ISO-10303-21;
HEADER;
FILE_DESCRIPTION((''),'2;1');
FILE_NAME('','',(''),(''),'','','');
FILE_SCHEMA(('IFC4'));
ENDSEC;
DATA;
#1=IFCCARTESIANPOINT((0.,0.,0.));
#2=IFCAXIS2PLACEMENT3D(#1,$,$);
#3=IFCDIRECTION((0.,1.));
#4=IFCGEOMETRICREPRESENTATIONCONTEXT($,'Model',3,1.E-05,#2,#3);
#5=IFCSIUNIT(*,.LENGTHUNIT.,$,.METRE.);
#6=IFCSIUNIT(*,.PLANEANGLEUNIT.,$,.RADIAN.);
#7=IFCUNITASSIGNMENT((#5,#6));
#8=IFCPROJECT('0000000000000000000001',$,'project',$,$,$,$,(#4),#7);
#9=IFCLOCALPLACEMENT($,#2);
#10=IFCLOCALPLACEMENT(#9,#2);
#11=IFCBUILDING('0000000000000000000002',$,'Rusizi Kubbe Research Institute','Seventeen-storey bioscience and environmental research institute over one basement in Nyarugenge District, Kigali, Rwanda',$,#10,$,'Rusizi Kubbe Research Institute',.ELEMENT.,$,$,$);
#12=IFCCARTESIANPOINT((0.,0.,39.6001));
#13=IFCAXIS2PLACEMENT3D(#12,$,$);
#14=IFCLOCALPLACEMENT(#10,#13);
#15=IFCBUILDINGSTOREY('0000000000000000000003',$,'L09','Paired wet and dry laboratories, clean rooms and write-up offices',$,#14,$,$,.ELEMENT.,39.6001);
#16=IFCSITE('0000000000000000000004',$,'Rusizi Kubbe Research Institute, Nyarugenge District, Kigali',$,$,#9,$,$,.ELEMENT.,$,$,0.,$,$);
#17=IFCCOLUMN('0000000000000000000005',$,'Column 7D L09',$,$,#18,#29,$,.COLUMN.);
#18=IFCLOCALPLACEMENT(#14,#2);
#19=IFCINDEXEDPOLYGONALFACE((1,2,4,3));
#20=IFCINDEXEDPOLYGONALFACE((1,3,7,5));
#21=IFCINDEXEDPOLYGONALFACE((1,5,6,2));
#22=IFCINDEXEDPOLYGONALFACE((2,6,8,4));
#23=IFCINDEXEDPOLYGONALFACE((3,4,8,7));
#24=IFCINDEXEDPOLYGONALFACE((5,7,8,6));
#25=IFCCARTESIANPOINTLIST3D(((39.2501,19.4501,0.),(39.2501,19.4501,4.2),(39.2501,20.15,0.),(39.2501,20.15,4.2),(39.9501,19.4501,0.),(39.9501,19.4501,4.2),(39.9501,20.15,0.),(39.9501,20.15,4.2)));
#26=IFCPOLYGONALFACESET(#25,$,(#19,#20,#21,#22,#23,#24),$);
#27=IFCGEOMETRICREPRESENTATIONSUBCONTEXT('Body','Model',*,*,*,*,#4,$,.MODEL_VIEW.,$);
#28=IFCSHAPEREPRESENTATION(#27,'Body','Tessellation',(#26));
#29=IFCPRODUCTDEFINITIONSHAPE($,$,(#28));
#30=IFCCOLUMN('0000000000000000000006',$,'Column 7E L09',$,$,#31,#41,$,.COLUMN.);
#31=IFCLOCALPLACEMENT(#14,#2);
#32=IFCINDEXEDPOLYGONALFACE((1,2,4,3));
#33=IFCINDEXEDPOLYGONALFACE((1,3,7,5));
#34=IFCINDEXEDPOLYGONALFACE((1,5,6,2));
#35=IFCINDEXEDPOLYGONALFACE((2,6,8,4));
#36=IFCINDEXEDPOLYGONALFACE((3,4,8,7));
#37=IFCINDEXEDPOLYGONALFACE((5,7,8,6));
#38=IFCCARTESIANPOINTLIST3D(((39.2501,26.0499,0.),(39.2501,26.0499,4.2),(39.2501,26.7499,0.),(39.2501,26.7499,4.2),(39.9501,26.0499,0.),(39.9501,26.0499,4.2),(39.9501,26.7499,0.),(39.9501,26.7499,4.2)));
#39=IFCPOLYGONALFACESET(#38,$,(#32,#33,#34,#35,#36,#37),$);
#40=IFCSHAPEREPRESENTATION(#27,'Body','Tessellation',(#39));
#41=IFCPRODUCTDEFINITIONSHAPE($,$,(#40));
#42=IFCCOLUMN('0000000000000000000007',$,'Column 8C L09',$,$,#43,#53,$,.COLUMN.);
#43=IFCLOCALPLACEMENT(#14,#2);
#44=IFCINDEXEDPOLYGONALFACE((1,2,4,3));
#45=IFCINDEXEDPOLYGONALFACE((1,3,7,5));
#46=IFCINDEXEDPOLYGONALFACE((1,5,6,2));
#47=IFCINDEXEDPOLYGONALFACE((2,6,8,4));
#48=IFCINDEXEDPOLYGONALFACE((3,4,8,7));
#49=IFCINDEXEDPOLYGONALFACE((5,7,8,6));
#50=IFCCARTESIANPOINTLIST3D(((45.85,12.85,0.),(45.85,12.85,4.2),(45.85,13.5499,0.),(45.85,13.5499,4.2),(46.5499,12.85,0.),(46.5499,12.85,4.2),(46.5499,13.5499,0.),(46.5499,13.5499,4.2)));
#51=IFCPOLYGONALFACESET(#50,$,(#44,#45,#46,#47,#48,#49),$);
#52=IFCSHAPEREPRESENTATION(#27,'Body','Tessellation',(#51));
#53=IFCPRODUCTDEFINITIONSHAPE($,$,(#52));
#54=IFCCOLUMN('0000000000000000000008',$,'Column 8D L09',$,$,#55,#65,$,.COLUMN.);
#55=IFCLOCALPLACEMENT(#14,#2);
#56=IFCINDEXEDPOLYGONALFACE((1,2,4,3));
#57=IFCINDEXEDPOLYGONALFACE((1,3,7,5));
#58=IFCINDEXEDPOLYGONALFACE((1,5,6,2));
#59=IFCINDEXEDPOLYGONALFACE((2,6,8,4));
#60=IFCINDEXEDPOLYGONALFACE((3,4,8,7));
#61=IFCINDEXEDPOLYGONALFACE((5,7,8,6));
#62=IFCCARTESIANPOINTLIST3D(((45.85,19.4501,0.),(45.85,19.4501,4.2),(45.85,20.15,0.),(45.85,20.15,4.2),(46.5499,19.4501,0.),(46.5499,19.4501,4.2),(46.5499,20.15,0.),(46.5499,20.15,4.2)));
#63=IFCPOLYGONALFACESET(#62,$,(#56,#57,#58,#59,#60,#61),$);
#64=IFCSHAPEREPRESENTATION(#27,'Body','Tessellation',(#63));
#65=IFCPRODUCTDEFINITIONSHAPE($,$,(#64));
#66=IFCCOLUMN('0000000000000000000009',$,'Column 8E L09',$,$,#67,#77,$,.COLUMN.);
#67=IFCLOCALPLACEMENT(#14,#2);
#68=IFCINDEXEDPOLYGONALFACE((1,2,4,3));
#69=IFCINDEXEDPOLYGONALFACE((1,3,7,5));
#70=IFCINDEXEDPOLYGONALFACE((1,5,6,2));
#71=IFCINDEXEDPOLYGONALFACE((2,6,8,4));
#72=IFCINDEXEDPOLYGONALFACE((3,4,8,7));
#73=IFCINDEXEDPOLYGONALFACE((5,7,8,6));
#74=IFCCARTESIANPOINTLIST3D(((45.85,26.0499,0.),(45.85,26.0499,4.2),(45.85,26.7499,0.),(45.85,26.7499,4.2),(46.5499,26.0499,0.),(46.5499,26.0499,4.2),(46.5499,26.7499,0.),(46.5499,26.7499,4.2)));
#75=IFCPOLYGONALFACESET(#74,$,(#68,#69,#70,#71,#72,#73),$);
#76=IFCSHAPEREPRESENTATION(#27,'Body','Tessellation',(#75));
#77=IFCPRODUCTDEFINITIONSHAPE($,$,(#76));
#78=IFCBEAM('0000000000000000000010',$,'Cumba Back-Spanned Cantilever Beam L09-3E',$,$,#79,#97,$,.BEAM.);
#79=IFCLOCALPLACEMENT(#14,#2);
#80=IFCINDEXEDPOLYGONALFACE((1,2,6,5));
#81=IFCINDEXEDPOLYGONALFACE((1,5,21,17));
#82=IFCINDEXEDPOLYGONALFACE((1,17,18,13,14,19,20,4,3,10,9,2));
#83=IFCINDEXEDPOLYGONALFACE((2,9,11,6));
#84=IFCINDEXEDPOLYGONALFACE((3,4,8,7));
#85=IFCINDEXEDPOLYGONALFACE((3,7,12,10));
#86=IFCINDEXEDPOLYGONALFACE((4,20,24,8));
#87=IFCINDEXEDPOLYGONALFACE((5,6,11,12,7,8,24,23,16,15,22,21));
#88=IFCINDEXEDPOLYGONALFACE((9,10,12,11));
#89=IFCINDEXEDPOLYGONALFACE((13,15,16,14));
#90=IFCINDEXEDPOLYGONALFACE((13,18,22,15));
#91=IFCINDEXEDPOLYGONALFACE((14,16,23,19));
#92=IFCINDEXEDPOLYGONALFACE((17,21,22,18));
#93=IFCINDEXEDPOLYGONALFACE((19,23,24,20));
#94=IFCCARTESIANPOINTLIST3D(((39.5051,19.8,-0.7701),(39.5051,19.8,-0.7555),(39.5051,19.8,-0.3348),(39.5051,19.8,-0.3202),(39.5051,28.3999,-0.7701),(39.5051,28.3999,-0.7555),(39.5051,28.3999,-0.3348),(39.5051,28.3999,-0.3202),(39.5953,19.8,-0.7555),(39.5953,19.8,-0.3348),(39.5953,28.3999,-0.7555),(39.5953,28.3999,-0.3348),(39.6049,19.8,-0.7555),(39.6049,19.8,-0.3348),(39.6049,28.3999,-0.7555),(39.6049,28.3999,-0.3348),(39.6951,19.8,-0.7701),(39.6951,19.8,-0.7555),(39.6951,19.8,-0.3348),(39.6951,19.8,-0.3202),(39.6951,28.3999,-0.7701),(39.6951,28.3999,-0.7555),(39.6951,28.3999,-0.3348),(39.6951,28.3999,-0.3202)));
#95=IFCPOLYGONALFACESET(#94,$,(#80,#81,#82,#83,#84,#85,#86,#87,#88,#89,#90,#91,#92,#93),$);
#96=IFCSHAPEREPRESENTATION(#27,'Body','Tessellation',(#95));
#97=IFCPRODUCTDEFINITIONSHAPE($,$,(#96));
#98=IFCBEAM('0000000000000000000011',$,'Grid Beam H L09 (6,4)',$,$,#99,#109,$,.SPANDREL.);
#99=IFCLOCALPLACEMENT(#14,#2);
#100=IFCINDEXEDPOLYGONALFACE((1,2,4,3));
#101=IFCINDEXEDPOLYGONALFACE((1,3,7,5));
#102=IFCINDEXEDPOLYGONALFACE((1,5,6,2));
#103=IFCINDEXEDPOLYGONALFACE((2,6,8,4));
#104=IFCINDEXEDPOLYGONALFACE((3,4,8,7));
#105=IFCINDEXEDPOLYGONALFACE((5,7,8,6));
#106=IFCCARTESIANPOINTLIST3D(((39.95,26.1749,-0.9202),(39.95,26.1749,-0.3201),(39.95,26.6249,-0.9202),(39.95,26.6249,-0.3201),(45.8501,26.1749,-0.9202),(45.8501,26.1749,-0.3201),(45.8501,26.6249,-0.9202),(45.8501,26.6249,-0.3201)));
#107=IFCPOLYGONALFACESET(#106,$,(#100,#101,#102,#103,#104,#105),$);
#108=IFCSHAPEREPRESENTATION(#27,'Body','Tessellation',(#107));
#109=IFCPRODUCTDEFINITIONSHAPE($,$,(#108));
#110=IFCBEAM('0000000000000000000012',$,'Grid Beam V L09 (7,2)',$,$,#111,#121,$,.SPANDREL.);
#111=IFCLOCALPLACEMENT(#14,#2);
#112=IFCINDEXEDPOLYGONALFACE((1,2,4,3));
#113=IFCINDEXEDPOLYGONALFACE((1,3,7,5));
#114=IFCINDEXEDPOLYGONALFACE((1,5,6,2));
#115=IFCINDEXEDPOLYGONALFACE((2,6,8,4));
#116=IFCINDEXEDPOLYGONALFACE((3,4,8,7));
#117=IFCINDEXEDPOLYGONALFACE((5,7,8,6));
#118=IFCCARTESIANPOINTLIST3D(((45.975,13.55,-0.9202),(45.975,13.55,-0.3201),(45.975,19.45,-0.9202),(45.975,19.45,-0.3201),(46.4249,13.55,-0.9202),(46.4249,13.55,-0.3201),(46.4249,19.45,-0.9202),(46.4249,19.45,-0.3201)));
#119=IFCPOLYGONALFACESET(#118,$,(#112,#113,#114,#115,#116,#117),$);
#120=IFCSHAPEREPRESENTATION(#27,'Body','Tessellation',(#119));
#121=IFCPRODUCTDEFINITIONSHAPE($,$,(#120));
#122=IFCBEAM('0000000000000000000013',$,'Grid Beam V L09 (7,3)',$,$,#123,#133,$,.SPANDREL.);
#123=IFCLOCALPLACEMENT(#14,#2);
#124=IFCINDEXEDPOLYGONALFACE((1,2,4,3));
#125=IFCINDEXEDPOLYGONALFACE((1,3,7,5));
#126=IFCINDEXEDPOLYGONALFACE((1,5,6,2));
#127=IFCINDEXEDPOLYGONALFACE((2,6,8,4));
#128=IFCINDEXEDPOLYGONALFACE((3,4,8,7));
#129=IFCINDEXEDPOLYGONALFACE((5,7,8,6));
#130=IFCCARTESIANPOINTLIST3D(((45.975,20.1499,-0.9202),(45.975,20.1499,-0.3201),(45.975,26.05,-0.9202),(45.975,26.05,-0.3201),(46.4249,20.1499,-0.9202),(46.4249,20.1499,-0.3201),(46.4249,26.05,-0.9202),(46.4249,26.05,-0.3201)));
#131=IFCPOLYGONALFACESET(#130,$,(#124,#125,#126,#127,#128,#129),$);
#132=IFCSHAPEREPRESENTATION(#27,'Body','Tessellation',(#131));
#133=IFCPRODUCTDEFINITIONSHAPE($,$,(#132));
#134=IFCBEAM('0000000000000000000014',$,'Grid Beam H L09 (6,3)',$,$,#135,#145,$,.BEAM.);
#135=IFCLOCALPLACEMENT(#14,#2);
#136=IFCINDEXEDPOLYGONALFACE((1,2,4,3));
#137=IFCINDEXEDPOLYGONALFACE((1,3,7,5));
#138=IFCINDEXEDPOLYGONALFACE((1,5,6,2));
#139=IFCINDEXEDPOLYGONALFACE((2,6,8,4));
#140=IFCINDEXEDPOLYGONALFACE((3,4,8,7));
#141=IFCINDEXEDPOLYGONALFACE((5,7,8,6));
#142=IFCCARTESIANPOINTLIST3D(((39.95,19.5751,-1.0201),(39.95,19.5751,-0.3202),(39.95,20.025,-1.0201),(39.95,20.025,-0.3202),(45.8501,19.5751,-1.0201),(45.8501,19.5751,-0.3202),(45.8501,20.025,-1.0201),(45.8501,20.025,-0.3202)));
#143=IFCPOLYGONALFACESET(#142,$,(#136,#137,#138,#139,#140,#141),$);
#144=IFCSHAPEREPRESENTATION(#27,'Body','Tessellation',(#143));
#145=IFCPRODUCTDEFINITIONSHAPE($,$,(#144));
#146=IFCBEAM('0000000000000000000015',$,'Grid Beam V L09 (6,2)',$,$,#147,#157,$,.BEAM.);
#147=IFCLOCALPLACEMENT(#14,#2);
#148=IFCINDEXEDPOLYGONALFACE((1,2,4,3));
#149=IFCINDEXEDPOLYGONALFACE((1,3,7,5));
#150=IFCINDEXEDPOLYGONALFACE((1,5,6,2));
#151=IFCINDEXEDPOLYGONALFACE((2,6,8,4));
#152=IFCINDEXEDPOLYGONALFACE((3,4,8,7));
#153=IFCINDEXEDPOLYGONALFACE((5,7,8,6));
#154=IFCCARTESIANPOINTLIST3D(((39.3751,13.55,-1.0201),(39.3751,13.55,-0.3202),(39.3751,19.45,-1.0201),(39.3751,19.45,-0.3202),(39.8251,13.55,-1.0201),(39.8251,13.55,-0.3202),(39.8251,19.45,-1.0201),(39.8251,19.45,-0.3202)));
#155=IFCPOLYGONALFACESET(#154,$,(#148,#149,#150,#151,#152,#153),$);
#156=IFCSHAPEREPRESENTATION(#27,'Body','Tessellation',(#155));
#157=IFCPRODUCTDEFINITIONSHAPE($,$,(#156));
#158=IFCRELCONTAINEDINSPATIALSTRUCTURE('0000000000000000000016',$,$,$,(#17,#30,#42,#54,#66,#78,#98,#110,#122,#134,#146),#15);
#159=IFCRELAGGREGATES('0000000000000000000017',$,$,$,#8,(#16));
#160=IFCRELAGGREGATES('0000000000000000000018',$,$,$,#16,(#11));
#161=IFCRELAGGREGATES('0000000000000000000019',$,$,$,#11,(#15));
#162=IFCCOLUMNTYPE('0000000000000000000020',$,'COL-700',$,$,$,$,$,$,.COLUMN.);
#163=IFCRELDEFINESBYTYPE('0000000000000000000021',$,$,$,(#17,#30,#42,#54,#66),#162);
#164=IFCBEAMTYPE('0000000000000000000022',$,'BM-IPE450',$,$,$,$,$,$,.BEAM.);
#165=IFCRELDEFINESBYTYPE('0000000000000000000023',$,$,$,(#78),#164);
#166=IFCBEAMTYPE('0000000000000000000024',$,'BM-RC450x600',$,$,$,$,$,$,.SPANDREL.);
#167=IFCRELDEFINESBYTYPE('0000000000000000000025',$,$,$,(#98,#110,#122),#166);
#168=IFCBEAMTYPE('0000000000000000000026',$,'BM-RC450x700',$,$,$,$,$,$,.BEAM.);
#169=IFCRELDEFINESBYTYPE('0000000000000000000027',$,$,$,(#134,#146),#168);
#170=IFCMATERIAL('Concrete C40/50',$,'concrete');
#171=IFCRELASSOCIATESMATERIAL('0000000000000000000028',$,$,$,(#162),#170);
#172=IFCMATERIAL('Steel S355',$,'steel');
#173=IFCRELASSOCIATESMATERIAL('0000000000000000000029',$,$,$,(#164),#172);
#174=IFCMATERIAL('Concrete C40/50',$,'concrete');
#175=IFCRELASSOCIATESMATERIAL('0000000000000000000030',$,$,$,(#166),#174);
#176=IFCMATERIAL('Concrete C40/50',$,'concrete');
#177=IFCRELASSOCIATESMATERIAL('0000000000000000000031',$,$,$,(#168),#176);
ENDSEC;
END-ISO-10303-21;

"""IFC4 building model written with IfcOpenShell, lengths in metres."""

from ifc_helpers import new_model, si_unit, direction, frame, origin, origin_2d, place, context, subcontext, project, spatial, rectangle, i_section, extrude, material, material_profile, profile_set, type_object, element, save


model = new_model("IFC4")

# Units and contexts
model_context = context("Model", 3, precision=1e-05, world=origin(), true_north=direction((0.0, 1.0)))
body_context = subcontext(model_context, "Body", "Model", "MODEL_VIEW")
ifc_project = project(units=[si_unit("LENGTHUNIT", "METRE"), si_unit("PLANEANGLEUNIT", "RADIAN")], contexts=[model_context])

# Site, building, storey
site_placement = place(None, origin())
site = spatial("IfcSite", under=ifc_project, at=site_placement, Name="Rusizi Kubbe Research Institute, Nyarugenge District, Kigali", CompositionType="ELEMENT", RefElevation=0.0)
building_placement = place(site_placement, origin())
building = spatial("IfcBuilding", under=site, at=building_placement, Name="Rusizi Kubbe Research Institute", Description="Seventeen-storey bioscience and environmental research institute over one basement in Nyarugenge District, Kigali, Rwanda", LongName="Rusizi Kubbe Research Institute", CompositionType="ELEMENT")
storey_placement = place(building_placement, frame((0.0, 0.0, 39.6001)))
storey = spatial("IfcBuildingStorey", under=building, at=storey_placement, Name="L09", Description="Paired wet and dry laboratories, clean rooms and write-up offices", CompositionType="ELEMENT", Elevation=39.6001)

# Columns
ifc_material_1 = material(Name="Concrete C40/50", Category="concrete")
ifc_material_profile_1 = material_profile(ifc_material_1, rectangle(XDim=0.7, YDim=0.7, at=origin_2d()), Name="RC700x700")
ifc_profile_set_1 = profile_set([ifc_material_profile_1], Name="Concrete C40/50")
column_type = type_object("IfcColumnType", Name="COL-700", PredefinedType="COLUMN", material=ifc_profile_set_1)
for number, where, z_axis, x_axis, name in (
    (1, (39.6001, 19.8, 0.0), (0.0, 0.0, 1.0), (1.0, 0.0, 0.0), "Column 7D L09"),
    (2, (39.6001, 26.3999, 0.0), (0.0, 0.0, 1.0), (1.0, 0.0, 0.0), "Column 7E L09"),
    (3, (46.2, 13.2, 0.0), (0.0, 0.0, 1.0), (1.0, 0.0, 0.0), "Column 8C L09"),
    (4, (46.2, 19.8, 0.0), (0.0, 0.0, 1.0), (1.0, 0.0, 0.0), "Column 8D L09"),
    (5, (46.2, 26.3999, 0.0), (0.0, 0.0, 1.0), (1.0, 0.0, 0.0), "Column 8E L09"),
):
    element("IfcColumn", number, at=place(storey_placement, frame(where, z_axis=z_axis, x_axis=x_axis)), inside=storey, type_object=column_type, Name=name, PredefinedType="COLUMN", context=body_context, shape_type="SweptSolid", body=[
        extrude(rectangle(XDim=0.7, YDim=0.7, at=origin_2d()), origin(), (0.0, 0.0, 1.0), 4.2),
    ])

# Beams
ifc_material_2 = material(Name="Steel S355", Category="steel")
ifc_material_profile_2 = material_profile(ifc_material_2, i_section(OverallWidth=0.1899, OverallDepth=0.45, WebThickness=0.0095, FlangeThickness=0.0146, at=origin_2d()), Name="IPE 450")
ifc_profile_set_2 = profile_set([ifc_material_profile_2], Name="Steel S355")
beam_type_1 = type_object("IfcBeamType", Name="BM-IPE450", PredefinedType="BEAM", material=ifc_profile_set_2)
beam_1_placement = place(storey_placement, frame((39.6001, 19.8, -0.5452), z_axis=(0.0, 1.0, 0.0), x_axis=(-1.0, 0.0, 0.0)))
element("IfcBeam", 6, at=beam_1_placement, inside=storey, type_object=beam_type_1, Name="Cumba Back-Spanned Cantilever Beam L09-3E", PredefinedType="BEAM", context=body_context, shape_type="SweptSolid", body=[
    extrude(i_section(OverallWidth=0.1899, OverallDepth=0.45, WebThickness=0.0095, FlangeThickness=0.0146, at=origin_2d()), origin(), (0.0, 0.0, 1.0), 8.5999),
])
ifc_material_3 = material(Name="Concrete C40/50", Category="concrete")
ifc_material_profile_3 = material_profile(ifc_material_3, rectangle(XDim=0.45, YDim=0.6001, at=origin_2d()), Name="RC450x600")
ifc_profile_set_3 = profile_set([ifc_material_profile_3], Name="Concrete C40/50")
beam_type_2 = type_object("IfcBeamType", Name="BM-RC450x600", PredefinedType="SPANDREL", material=ifc_profile_set_3)
beam_2_placement = place(storey_placement, frame((39.95, 26.3999, -0.6201), z_axis=(1.0, 0.0, 0.0), x_axis=(0.0, 1.0, 0.0)))
element("IfcBeam", 7, at=beam_2_placement, inside=storey, type_object=beam_type_2, Name="Grid Beam H L09 (6,4)", PredefinedType="SPANDREL", context=body_context, shape_type="SweptSolid", body=[
    extrude(rectangle(XDim=0.45, YDim=0.6001, at=origin_2d()), origin(), (0.0, 0.0, 1.0), 5.9001),
])
beam_3_placement = place(storey_placement, frame((46.2, 13.55, -0.6201), z_axis=(0.0, 1.0, 0.0), x_axis=(-1.0, 0.0, 0.0)))
element("IfcBeam", 8, at=beam_3_placement, inside=storey, type_object=beam_type_2, Name="Grid Beam V L09 (7,2)", PredefinedType="SPANDREL", context=body_context, shape_type="SweptSolid", body=[
    extrude(rectangle(XDim=0.45, YDim=0.6001, at=origin_2d()), origin(), (0.0, 0.0, 1.0), 5.8999),
])
beam_4_placement = place(storey_placement, frame((46.2, 20.1499, -0.6201), z_axis=(0.0, 1.0, 0.0), x_axis=(-1.0, 0.0, 0.0)))
element("IfcBeam", 9, at=beam_4_placement, inside=storey, type_object=beam_type_2, Name="Grid Beam V L09 (7,3)", PredefinedType="SPANDREL", context=body_context, shape_type="SweptSolid", body=[
    extrude(rectangle(XDim=0.45, YDim=0.6001, at=origin_2d()), origin(), (0.0, 0.0, 1.0), 5.9001),
])
ifc_material_4 = material(Name="Concrete C40/50", Category="concrete")
ifc_material_profile_4 = material_profile(ifc_material_4, rectangle(XDim=0.45, YDim=0.7, at=origin_2d()), Name="RC450x700B")
ifc_profile_set_4 = profile_set([ifc_material_profile_4], Name="Concrete C40/50")
beam_type_3 = type_object("IfcBeamType", Name="BM-RC450x700", PredefinedType="BEAM", material=ifc_profile_set_4)
beam_5_placement = place(storey_placement, frame((39.95, 19.8, -0.6702), z_axis=(1.0, 0.0, 0.0), x_axis=(0.0, 1.0, 0.0)))
element("IfcBeam", 10, at=beam_5_placement, inside=storey, type_object=beam_type_3, Name="Grid Beam H L09 (6,3)", PredefinedType="BEAM", context=body_context, shape_type="SweptSolid", body=[
    extrude(rectangle(XDim=0.45, YDim=0.7, at=origin_2d()), origin(), (0.0, 0.0, 1.0), 5.9001),
])
beam_6_placement = place(storey_placement, frame((39.6001, 13.55, -0.6702), z_axis=(0.0, 1.0, 0.0), x_axis=(-1.0, 0.0, 0.0)))
element("IfcBeam", 11, at=beam_6_placement, inside=storey, type_object=beam_type_3, Name="Grid Beam V L09 (6,2)", PredefinedType="BEAM", context=body_context, shape_type="SweptSolid", body=[
    extrude(rectangle(XDim=0.45, YDim=0.7, at=origin_2d()), origin(), (0.0, 0.0, 1.0), 5.8999),
])

save(model, "model.ifc")
